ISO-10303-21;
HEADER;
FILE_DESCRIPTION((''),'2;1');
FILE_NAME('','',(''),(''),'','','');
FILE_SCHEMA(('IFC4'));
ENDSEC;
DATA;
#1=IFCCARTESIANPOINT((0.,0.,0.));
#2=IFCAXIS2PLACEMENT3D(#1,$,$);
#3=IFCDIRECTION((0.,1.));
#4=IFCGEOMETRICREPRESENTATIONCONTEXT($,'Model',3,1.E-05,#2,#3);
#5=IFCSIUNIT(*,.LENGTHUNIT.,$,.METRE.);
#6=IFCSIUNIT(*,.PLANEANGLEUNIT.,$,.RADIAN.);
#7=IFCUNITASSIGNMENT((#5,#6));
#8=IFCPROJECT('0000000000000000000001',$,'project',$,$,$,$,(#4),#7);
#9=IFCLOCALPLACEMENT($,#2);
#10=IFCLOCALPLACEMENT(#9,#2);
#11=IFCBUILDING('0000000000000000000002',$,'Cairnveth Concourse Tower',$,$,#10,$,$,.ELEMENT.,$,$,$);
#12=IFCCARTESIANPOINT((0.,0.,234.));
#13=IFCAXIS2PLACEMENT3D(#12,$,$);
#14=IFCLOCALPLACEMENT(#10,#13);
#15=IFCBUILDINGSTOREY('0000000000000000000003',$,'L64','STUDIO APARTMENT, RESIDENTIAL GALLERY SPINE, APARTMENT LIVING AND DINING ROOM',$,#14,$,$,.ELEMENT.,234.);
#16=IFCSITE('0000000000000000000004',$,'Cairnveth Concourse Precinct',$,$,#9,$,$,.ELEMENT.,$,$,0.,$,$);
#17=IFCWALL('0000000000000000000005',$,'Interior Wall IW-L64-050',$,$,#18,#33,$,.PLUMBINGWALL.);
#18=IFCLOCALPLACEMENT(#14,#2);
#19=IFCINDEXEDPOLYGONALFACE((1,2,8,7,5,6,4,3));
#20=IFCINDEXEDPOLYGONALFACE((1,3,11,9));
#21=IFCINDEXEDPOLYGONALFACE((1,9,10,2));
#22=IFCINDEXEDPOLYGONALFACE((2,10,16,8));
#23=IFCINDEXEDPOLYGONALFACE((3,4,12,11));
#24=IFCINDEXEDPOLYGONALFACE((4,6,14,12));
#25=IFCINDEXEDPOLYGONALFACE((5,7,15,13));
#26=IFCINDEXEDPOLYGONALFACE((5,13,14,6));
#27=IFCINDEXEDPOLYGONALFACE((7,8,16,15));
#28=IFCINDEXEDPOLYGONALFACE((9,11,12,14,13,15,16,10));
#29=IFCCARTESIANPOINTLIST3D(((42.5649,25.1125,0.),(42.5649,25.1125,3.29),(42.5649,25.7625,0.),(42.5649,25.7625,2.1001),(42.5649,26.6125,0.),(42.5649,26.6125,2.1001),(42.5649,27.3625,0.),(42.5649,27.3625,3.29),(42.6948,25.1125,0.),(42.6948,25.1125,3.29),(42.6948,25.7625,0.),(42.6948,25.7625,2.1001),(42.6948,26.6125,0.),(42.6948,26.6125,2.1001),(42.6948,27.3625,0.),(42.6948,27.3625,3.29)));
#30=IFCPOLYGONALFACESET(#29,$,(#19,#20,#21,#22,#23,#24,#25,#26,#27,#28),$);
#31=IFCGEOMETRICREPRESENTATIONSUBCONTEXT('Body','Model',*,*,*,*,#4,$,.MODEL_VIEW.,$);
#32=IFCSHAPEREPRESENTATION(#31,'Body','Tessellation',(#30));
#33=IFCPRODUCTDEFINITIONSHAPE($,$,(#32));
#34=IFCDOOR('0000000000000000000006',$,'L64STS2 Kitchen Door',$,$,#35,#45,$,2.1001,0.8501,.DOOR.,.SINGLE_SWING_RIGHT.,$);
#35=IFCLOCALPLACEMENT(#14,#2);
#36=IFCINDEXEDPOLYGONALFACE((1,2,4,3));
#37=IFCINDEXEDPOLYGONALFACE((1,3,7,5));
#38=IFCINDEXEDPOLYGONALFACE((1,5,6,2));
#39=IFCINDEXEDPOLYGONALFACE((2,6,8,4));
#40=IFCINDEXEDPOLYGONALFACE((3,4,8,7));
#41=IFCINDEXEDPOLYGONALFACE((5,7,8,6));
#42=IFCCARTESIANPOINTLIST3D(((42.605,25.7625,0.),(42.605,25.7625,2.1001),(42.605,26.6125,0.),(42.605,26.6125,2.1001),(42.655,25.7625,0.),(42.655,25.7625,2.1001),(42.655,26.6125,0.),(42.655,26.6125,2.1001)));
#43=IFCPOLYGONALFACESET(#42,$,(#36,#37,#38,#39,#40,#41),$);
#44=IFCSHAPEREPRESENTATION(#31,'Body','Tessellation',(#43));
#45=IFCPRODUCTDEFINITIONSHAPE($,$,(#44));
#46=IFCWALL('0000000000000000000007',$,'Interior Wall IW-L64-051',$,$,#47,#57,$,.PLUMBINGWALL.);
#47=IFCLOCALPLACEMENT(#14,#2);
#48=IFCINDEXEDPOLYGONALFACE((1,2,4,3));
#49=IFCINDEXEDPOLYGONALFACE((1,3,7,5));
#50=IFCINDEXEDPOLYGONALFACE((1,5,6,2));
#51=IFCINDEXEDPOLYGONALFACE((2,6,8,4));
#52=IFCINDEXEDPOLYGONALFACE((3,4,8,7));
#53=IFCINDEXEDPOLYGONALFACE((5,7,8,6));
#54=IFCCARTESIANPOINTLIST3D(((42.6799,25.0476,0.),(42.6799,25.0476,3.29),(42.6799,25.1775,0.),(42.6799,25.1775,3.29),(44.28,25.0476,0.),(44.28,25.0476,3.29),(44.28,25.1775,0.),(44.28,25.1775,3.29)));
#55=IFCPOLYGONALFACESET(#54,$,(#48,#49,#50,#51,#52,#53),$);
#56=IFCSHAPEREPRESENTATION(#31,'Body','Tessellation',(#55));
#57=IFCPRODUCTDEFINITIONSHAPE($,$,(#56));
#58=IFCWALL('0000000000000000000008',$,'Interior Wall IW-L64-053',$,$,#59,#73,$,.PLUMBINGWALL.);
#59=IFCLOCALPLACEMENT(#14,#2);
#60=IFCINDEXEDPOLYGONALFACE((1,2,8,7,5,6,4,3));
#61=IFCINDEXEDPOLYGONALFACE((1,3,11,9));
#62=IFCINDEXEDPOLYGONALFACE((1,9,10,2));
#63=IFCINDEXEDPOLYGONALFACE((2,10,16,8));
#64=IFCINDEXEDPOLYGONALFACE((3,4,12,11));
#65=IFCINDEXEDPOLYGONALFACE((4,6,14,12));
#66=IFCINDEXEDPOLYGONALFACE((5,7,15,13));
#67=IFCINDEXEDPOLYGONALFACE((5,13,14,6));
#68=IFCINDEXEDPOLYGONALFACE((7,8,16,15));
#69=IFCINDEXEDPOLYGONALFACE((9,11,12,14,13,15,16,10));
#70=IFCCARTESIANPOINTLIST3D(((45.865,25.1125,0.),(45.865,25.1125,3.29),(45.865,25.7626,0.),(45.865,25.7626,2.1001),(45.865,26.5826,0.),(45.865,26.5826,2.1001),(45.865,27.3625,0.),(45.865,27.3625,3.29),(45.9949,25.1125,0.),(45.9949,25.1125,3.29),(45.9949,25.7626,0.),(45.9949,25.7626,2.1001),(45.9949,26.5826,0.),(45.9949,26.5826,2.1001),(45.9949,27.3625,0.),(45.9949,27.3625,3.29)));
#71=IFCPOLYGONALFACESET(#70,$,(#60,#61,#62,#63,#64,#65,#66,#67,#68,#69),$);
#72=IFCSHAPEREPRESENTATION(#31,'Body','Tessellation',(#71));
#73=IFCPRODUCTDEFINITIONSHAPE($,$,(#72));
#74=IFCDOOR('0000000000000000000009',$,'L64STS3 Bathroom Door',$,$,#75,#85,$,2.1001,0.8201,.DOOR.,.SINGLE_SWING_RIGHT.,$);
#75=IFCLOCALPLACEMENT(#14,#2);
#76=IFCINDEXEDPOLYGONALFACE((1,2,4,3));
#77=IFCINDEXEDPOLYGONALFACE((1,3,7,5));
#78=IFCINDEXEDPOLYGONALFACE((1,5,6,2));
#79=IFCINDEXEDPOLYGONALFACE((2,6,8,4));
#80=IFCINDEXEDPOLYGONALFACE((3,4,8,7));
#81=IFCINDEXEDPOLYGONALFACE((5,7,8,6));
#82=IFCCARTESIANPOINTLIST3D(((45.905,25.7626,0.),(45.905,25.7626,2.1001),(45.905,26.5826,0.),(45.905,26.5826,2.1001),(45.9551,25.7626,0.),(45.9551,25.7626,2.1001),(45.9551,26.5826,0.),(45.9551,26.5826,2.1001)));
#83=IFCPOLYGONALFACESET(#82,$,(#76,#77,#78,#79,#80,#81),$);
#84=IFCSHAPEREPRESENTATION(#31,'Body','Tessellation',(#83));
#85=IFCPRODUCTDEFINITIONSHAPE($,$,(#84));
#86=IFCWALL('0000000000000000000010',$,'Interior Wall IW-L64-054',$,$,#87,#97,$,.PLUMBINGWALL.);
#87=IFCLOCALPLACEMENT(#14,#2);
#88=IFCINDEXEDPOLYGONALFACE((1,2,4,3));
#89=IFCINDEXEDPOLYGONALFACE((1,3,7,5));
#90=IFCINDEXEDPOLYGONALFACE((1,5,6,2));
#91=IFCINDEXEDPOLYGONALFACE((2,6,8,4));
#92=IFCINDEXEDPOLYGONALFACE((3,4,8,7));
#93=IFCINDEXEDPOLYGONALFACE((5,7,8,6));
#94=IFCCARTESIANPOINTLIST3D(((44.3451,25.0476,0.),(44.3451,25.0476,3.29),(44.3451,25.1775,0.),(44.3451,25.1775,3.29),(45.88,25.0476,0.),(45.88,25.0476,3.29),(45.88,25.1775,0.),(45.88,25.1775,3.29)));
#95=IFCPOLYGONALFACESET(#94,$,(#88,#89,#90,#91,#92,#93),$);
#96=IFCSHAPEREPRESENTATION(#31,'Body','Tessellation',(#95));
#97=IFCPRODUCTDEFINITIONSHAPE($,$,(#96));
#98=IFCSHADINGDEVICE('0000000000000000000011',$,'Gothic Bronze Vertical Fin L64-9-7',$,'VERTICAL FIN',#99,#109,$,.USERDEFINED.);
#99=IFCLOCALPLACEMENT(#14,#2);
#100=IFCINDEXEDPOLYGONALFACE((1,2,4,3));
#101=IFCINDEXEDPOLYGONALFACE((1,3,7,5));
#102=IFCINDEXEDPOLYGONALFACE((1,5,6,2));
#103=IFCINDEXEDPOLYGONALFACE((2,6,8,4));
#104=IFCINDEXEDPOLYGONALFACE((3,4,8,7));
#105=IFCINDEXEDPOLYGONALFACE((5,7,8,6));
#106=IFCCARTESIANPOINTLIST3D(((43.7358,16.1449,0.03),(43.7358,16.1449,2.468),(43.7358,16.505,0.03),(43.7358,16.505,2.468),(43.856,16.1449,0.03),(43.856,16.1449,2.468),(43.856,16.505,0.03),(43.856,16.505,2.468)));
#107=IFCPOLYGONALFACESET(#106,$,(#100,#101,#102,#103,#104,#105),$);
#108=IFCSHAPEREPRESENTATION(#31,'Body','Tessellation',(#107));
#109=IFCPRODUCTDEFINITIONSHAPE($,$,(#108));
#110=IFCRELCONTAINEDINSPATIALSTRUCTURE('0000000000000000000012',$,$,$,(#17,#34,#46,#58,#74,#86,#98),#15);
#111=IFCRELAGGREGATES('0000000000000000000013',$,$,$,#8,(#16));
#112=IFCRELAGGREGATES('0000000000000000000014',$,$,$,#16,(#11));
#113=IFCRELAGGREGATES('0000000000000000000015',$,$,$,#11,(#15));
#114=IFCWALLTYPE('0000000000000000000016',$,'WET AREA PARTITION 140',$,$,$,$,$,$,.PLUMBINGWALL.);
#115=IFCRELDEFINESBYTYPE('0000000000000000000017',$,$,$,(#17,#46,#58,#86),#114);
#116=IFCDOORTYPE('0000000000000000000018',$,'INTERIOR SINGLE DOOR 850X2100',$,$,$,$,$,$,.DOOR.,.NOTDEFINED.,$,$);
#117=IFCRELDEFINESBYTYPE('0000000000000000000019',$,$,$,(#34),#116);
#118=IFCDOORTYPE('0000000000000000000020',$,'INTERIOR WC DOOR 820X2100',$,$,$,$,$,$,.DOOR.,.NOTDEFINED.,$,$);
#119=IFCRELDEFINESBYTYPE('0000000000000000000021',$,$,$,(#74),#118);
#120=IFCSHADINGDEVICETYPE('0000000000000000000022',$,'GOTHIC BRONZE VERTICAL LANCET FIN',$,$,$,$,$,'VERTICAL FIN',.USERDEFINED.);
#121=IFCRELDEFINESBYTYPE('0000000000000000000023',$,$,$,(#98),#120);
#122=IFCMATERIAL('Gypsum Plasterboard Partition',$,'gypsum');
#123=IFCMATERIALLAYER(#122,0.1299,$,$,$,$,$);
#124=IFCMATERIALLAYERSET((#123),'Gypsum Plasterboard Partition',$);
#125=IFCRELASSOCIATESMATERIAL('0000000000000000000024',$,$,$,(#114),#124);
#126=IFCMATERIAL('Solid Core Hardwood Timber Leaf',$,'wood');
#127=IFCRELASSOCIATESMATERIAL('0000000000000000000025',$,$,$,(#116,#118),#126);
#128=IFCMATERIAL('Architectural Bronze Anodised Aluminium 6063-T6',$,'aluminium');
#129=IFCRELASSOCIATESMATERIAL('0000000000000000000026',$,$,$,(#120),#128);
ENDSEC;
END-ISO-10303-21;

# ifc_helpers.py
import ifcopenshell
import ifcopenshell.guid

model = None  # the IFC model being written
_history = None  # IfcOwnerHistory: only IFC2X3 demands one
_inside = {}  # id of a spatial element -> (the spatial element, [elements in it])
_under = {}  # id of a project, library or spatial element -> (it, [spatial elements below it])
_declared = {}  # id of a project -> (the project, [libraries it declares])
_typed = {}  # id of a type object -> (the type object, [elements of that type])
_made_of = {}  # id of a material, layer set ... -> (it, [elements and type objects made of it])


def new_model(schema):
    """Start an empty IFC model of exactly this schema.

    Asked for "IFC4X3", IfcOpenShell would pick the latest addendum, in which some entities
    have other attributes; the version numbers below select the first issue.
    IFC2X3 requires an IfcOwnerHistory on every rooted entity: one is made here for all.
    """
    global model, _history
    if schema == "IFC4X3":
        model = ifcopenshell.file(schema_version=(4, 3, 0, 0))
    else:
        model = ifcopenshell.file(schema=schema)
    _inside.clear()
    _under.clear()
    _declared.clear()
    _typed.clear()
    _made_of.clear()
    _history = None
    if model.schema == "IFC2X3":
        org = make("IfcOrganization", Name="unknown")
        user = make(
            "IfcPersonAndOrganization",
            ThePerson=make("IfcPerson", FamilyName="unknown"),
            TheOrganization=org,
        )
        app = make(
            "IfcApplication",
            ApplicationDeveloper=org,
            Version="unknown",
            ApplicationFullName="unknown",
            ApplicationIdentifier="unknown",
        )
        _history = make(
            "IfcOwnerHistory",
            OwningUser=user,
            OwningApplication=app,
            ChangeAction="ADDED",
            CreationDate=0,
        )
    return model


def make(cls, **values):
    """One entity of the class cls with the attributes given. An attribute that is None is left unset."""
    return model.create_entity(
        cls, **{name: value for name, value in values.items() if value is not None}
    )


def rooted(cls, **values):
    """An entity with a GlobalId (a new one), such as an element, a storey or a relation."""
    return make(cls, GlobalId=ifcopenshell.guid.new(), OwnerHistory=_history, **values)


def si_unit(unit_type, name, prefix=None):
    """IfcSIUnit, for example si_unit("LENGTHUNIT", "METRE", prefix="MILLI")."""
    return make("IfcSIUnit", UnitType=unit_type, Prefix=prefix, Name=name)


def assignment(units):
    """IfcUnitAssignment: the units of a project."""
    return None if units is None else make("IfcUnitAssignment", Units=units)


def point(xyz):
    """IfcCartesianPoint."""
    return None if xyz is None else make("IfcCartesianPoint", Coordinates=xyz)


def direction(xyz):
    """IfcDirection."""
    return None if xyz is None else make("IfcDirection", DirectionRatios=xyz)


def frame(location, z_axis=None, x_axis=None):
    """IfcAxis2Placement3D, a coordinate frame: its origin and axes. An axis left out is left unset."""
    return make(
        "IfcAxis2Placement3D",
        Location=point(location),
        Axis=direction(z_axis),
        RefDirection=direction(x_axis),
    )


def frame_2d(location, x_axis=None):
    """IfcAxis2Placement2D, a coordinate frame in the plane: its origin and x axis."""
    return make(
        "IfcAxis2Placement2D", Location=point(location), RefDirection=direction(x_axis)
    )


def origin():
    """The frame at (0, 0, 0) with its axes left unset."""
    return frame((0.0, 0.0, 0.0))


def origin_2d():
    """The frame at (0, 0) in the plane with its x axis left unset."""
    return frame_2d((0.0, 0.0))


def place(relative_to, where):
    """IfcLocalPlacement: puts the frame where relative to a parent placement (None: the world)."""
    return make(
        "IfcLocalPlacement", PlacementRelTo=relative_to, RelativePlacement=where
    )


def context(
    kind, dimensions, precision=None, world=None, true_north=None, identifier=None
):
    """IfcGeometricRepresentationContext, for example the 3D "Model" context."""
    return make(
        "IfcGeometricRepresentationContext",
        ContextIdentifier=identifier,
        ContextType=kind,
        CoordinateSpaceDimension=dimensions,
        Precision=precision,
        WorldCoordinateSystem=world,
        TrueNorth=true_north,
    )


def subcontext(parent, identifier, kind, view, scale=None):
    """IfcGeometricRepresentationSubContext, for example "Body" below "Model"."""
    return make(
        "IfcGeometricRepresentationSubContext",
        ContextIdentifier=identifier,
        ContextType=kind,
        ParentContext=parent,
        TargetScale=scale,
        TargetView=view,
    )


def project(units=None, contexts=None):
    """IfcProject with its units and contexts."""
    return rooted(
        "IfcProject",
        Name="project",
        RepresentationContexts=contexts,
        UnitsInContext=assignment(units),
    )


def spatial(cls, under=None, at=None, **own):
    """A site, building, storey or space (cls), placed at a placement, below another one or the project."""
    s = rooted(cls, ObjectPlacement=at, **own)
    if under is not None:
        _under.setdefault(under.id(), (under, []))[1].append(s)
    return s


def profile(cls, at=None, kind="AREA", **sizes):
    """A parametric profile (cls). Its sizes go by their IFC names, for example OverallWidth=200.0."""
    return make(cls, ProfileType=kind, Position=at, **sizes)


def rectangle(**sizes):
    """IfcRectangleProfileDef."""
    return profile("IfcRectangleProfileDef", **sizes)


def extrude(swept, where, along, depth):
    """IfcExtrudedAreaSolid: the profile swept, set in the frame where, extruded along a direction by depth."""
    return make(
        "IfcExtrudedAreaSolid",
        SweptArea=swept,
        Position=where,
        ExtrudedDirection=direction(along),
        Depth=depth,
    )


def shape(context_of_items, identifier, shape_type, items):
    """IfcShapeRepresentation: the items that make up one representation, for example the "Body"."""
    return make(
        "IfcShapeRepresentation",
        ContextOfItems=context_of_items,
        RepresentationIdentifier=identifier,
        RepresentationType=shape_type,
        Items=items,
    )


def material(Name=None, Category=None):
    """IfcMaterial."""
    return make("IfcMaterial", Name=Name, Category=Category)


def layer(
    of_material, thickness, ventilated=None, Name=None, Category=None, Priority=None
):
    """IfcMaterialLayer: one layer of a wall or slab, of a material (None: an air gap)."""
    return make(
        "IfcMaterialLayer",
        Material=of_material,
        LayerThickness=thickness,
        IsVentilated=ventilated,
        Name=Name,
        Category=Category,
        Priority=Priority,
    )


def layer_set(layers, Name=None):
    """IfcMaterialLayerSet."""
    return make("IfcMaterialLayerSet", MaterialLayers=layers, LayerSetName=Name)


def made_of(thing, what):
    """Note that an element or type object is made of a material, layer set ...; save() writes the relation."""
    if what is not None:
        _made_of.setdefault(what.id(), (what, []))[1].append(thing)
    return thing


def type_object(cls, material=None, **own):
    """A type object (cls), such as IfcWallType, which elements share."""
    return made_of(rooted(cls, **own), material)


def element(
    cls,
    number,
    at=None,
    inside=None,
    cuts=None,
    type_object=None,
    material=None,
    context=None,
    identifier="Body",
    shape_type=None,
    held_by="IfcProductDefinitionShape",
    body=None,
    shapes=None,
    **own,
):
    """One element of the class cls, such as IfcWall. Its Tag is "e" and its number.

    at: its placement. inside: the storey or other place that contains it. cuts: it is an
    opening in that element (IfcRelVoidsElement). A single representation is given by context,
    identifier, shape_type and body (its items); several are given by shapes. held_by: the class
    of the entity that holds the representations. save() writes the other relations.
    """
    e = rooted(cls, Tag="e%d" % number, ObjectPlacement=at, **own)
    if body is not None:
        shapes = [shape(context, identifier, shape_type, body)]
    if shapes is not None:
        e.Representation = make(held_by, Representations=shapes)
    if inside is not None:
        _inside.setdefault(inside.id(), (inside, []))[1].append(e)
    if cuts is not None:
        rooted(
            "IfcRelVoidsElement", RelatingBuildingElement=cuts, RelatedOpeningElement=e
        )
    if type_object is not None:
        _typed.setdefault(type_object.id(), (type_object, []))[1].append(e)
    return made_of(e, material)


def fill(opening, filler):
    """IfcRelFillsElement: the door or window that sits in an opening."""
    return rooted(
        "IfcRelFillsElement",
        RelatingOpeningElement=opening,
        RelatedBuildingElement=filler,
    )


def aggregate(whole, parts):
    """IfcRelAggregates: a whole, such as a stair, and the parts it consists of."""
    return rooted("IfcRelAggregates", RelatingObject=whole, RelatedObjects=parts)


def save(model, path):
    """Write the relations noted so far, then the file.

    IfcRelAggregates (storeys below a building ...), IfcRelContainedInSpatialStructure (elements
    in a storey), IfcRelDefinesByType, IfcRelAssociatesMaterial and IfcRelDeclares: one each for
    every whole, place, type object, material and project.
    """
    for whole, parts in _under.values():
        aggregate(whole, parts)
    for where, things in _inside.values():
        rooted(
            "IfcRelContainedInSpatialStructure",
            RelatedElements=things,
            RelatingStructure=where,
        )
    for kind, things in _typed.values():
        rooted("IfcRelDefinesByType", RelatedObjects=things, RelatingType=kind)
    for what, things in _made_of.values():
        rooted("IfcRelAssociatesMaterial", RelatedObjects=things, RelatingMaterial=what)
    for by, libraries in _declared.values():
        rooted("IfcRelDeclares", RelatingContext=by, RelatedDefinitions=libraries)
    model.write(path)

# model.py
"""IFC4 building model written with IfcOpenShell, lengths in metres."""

from ifc_helpers import new_model, si_unit, direction, frame, frame_2d, origin, origin_2d, place, context, subcontext, project, spatial, rectangle, extrude, material, layer, layer_set, type_object, element, fill, save


model = new_model("IFC4")

# Units and contexts
model_context = context("Model", 3, precision=1e-05, world=origin(), true_north=direction((0.0, 1.0)))
body_context = subcontext(model_context, "Body", "Model", "MODEL_VIEW")
ifc_project = project(units=[si_unit("LENGTHUNIT", "METRE"), si_unit("PLANEANGLEUNIT", "RADIAN")], contexts=[model_context])

# Site, building, storey
site_placement = place(None, origin())
site = spatial("IfcSite", under=ifc_project, at=site_placement, Name="Cairnveth Concourse Precinct", CompositionType="ELEMENT", RefElevation=0.0)
building_placement = place(site_placement, origin())
building = spatial("IfcBuilding", under=site, at=building_placement, Name="Cairnveth Concourse Tower", CompositionType="ELEMENT")
storey_placement = place(building_placement, frame((0.0, 0.0, 234.0)))
storey = spatial("IfcBuildingStorey", under=building, at=storey_placement, Name="L64", Description="STUDIO APARTMENT, RESIDENTIAL GALLERY SPINE, APARTMENT LIVING AND DINING ROOM", CompositionType="ELEMENT", Elevation=234.0)

# Shared definitions
ifc_material_1 = material(Name="Gypsum Plasterboard Partition", Category="gypsum")
ifc_material_2 = material(Name="Solid Core Hardwood Timber Leaf", Category="wood")

# Shared definitions
ifc_layer_1 = layer(ifc_material_1, 0.1299)
ifc_layer_set_1 = layer_set([ifc_layer_1], Name="Gypsum Plasterboard Partition")
wall_type_1 = type_object("IfcWallType", Name="WET AREA PARTITION 140", PredefinedType="PLUMBINGWALL", material=ifc_layer_set_1)
door_type_1 = type_object("IfcDoorType", Name="INTERIOR SINGLE DOOR 850X2100", OperationType="NOTDEFINED", PredefinedType="DOOR", material=ifc_material_2)

# Shared definitions
door_type_2 = type_object("IfcDoorType", Name="INTERIOR WC DOOR 820X2100", OperationType="NOTDEFINED", PredefinedType="DOOR", material=ifc_material_2)

# Wall, opening, door
wall_1_placement = place(storey_placement, frame((42.6299, 25.1125, 0.0), z_axis=(0.0, 0.0, 1.0), x_axis=(0.0, 1.0, 0.0)))
wall_1 = element("IfcWall", 1, at=wall_1_placement, inside=storey, type_object=wall_type_1, Name="Interior Wall IW-L64-050", PredefinedType="PLUMBINGWALL", context=body_context, shape_type="SweptSolid", body=[
    extrude(rectangle(XDim=2.25, YDim=0.1299, at=frame_2d((1.125, 0.0))), origin(), (0.0, 0.0, 1.0), 3.29),
])
opening_1_placement = place(wall_1_placement, frame((0.6499, 0.0, 0.0)))
opening_1 = element("IfcOpeningElement", 2, at=opening_1_placement, cuts=wall_1, PredefinedType="OPENING", context=body_context, shape_type="SweptSolid", body=[
    extrude(rectangle(XDim=0.8501, YDim=2.1001, at=frame_2d((0.425, 1.05))), frame((0.0, 0.075, 0.0), z_axis=(0.0, -1.0, 0.0), x_axis=(1.0, 0.0, 0.0)), (0.0, 0.0, 1.0), 0.1499),
])
door_1_placement = place(opening_1_placement, origin())
door_1 = element("IfcDoor", 3, at=door_1_placement, inside=storey, type_object=door_type_1, Name="L64STS2 Kitchen Door", OperationType="SINGLE_SWING_RIGHT", OverallHeight=2.1001, OverallWidth=0.8501, PredefinedType="DOOR", context=body_context, shape_type="SweptSolid", body=[
    extrude(rectangle(XDim=0.8501, YDim=2.1001, at=frame_2d((0.425, 1.05))), frame((0.0, 0.0249, 0.0), z_axis=(0.0, -1.0, 0.0), x_axis=(1.0, 0.0, 0.0)), (0.0, 0.0, 1.0), 0.05),
])
fill(opening_1, door_1)

# Wall
wall_2_placement = place(storey_placement, frame((42.6799, 25.1125, 0.0), z_axis=(0.0, 0.0, 1.0), x_axis=(1.0, 0.0, 0.0)))
element("IfcWall", 4, at=wall_2_placement, inside=storey, type_object=wall_type_1, Name="Interior Wall IW-L64-051", PredefinedType="PLUMBINGWALL", context=body_context, shape_type="SweptSolid", body=[
    extrude(rectangle(XDim=1.6001, YDim=0.1299, at=frame_2d((0.8, 0.0))), origin(), (0.0, 0.0, 1.0), 3.29),
])

# Wall, opening, door
wall_3_placement = place(storey_placement, frame((45.9299, 25.1125, 0.0), z_axis=(0.0, 0.0, 1.0), x_axis=(0.0, 1.0, 0.0)))
wall_3 = element("IfcWall", 5, at=wall_3_placement, inside=storey, type_object=wall_type_1, Name="Interior Wall IW-L64-053", PredefinedType="PLUMBINGWALL", context=body_context, shape_type="SweptSolid", body=[
    extrude(rectangle(XDim=2.25, YDim=0.1299, at=frame_2d((1.125, 0.0))), origin(), (0.0, 0.0, 1.0), 3.29),
])
opening_2_placement = place(wall_3_placement, frame((0.6499, 0.0, 0.0)))
opening_2 = element("IfcOpeningElement", 6, at=opening_2_placement, cuts=wall_3, PredefinedType="OPENING", context=body_context, shape_type="SweptSolid", body=[
    extrude(rectangle(XDim=0.8201, YDim=2.1001, at=frame_2d((0.4102, 1.05))), frame((0.0, 0.075, 0.0), z_axis=(0.0, -1.0, 0.0), x_axis=(1.0, 0.0, 0.0)), (0.0, 0.0, 1.0), 0.1499),
])
door_2_placement = place(opening_2_placement, origin())
door_2 = element("IfcDoor", 7, at=door_2_placement, inside=storey, type_object=door_type_2, Name="L64STS3 Bathroom Door", OperationType="SINGLE_SWING_RIGHT", OverallHeight=2.1001, OverallWidth=0.8201, PredefinedType="DOOR", context=body_context, shape_type="SweptSolid", body=[
    extrude(rectangle(XDim=0.8201, YDim=2.1001, at=frame_2d((0.4102, 1.05))), frame((0.0, 0.0249, 0.0), z_axis=(0.0, -1.0, 0.0), x_axis=(1.0, 0.0, 0.0)), (0.0, 0.0, 1.0), 0.05),
])
fill(opening_2, door_2)

# Wall
wall_4_placement = place(storey_placement, frame((44.345, 25.1125, 0.0), z_axis=(0.0, 0.0, 1.0), x_axis=(1.0, 0.0, 0.0)))
element("IfcWall", 8, at=wall_4_placement, inside=storey, type_object=wall_type_1, Name="Interior Wall IW-L64-054", PredefinedType="PLUMBINGWALL", context=body_context, shape_type="SweptSolid", body=[
    extrude(rectangle(XDim=1.5349, YDim=0.1299, at=frame_2d((0.7676, 0.0))), origin(), (0.0, 0.0, 1.0), 3.29),
])

# Shading device
ifc_material_3 = material(Name="Architectural Bronze Anodised Aluminium 6063-T6", Category="aluminium")
shading_device_type = type_object("IfcShadingDeviceType", Name="GOTHIC BRONZE VERTICAL LANCET FIN", ElementType="VERTICAL FIN", PredefinedType="USERDEFINED", material=ifc_material_3)
shading_device_placement = place(storey_placement, frame((43.7959, 16.325, 0.03), z_axis=(0.0, 0.0, 1.0), x_axis=(1.0, 0.0, 0.0)))
element("IfcShadingDevice", 9, at=shading_device_placement, inside=storey, type_object=shading_device_type, Name="Gothic Bronze Vertical Fin L64-9-7", ObjectType="VERTICAL FIN", PredefinedType="USERDEFINED", context=body_context, shape_type="SweptSolid", body=[
    extrude(rectangle(XDim=0.1201, YDim=0.3601, at=origin_2d()), origin(), (0.0, 0.0, 1.0), 2.438),
])

save(model, "model.ifc")
